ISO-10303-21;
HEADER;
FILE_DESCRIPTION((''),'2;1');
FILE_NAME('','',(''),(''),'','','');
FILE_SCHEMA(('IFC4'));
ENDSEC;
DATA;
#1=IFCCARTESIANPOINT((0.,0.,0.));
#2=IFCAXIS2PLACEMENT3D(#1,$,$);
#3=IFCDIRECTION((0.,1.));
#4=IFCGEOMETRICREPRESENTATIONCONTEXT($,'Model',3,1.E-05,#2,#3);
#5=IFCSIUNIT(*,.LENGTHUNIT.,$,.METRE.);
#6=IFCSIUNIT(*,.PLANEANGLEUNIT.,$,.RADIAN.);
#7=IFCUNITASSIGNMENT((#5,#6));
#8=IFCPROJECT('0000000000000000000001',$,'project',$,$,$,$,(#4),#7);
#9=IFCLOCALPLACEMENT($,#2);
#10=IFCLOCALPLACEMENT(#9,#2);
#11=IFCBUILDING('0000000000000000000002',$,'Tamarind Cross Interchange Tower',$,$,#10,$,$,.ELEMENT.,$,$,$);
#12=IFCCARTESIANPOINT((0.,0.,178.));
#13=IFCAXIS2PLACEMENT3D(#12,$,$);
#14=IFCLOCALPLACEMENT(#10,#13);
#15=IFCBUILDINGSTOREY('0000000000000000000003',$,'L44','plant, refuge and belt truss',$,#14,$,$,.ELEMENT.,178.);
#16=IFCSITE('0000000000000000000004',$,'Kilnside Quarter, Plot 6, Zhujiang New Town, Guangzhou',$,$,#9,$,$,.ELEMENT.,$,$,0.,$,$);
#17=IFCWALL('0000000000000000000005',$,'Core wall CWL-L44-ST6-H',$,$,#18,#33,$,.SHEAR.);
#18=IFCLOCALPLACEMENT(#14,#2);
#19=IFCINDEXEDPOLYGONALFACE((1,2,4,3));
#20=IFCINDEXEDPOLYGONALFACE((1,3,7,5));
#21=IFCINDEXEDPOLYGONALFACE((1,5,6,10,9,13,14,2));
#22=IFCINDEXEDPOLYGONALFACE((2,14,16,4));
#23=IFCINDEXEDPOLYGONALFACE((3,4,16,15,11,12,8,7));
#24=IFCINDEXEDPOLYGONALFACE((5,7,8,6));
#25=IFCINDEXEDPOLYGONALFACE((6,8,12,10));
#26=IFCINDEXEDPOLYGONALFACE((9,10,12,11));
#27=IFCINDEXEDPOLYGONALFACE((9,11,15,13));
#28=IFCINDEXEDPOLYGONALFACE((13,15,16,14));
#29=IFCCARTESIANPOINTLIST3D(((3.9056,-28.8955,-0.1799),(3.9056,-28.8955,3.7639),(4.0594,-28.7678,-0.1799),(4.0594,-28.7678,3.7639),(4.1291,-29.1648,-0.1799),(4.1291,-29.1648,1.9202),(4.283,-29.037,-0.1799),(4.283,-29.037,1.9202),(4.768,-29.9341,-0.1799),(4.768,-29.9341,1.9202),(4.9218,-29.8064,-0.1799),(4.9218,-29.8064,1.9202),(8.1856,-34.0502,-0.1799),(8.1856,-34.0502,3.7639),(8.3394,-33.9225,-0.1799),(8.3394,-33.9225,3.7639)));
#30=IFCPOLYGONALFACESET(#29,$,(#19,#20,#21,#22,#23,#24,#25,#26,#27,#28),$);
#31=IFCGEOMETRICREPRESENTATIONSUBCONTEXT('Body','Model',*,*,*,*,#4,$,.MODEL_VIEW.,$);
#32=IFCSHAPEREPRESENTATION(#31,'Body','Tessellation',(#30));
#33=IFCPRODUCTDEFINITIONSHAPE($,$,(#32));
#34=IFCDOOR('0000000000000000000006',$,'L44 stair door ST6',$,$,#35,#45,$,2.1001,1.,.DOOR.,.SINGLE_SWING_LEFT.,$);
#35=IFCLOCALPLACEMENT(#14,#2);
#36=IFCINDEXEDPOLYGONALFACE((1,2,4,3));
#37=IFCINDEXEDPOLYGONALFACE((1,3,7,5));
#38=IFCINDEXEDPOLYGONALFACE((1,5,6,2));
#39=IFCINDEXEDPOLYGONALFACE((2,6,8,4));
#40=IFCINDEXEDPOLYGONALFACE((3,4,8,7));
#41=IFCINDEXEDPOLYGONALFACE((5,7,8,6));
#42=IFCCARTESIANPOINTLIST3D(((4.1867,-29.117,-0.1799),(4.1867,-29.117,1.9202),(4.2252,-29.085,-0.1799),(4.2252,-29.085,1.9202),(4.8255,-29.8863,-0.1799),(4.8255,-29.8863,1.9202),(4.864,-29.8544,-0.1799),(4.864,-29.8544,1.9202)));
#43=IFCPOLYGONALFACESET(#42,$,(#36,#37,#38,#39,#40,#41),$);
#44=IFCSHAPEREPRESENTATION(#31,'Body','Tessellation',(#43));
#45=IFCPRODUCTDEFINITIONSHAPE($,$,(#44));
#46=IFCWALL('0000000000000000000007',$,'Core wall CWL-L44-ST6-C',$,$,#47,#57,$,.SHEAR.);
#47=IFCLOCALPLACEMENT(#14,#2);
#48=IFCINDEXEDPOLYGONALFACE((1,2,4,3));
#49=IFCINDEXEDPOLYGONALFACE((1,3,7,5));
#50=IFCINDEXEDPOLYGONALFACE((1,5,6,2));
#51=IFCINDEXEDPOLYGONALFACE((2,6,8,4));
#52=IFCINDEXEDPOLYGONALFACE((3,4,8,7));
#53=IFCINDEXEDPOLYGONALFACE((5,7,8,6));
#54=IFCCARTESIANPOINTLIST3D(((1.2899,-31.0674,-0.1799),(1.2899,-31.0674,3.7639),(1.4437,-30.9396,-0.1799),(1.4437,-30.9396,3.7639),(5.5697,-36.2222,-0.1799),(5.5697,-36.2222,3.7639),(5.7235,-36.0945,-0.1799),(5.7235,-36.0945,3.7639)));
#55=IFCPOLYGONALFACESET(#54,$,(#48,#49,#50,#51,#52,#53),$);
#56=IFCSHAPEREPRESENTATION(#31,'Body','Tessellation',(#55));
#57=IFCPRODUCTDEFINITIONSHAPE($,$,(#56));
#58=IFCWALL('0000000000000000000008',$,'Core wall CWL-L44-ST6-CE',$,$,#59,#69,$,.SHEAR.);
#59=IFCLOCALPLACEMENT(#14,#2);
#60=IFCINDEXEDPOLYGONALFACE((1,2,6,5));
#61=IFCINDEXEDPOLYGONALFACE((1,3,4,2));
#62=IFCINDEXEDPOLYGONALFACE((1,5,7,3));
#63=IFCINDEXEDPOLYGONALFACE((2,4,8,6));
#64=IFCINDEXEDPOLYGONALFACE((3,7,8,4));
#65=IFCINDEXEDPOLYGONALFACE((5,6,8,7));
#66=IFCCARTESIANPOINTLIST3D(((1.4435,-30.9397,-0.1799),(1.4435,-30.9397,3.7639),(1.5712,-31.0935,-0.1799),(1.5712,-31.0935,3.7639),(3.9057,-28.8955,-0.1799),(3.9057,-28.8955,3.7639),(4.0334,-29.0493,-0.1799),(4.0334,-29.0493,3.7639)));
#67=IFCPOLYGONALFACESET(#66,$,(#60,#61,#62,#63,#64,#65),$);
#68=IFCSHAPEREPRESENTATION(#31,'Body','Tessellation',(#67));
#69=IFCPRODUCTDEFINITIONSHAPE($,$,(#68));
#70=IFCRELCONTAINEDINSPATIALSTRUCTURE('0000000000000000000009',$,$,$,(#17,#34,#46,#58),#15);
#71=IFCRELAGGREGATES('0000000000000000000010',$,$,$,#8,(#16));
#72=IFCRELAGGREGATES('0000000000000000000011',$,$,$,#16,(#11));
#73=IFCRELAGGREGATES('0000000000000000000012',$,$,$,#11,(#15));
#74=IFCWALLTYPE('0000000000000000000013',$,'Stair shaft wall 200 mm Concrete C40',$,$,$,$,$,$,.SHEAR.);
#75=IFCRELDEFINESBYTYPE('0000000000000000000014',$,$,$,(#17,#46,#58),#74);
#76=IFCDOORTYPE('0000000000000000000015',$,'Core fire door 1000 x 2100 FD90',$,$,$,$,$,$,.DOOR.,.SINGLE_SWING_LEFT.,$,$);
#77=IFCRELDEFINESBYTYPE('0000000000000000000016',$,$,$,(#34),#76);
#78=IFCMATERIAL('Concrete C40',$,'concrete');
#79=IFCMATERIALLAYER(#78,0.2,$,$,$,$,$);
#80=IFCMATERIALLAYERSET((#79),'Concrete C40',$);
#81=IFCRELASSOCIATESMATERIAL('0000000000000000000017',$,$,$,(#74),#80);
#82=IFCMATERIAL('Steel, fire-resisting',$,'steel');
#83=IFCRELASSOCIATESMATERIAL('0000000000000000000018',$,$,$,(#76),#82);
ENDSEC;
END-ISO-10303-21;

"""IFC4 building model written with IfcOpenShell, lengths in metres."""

from ifc_helpers import new_model, si_unit, direction, frame, frame_2d, origin, place, context, subcontext, project, spatial, rectangle, extrude, material, layer, layer_set, type_object, element, fill, save


model = new_model("IFC4")

# Units and contexts
model_context = context("Model", 3, precision=1e-05, world=origin(), true_north=direction((0.0, 1.0)))
body_context = subcontext(model_context, "Body", "Model", "MODEL_VIEW")
ifc_project = project(units=[si_unit("LENGTHUNIT", "METRE"), si_unit("PLANEANGLEUNIT", "RADIAN")], contexts=[model_context])

# Site, building, storey
site_placement = place(None, origin())
site = spatial("IfcSite", under=ifc_project, at=site_placement, Name="Kilnside Quarter, Plot 6, Zhujiang New Town, Guangzhou", CompositionType="ELEMENT", RefElevation=0.0)
building_placement = place(site_placement, origin())
building = spatial("IfcBuilding", under=site, at=building_placement, Name="Tamarind Cross Interchange Tower", CompositionType="ELEMENT")
storey_placement = place(building_placement, frame((0.0, 0.0, 178.0)))
storey = spatial("IfcBuildingStorey", under=building, at=storey_placement, Name="L44", Description="plant, refuge and belt truss", CompositionType="ELEMENT", Elevation=178.0)

# Wall, opening, door
ifc_material_1 = material(Name="Concrete C40", Category="concrete")
ifc_layer_1 = layer(ifc_material_1, 0.2)
ifc_layer_set_1 = layer_set([ifc_layer_1], Name="Concrete C40")
wall_type_1 = type_object("IfcWallType", Name="Stair shaft wall 200 mm Concrete C40", PredefinedType="SHEAR", material=ifc_layer_set_1)
wall_1_placement = place(storey_placement, frame((3.9824, -28.8315, -0.1799), z_axis=(0.0, 0.0, 1.0), x_axis=(0.638807, -0.769367, 0.0)))
wall_1 = element("IfcWall", 1, at=wall_1_placement, inside=storey, type_object=wall_type_1, Name="Core wall CWL-L44-ST6-H", PredefinedType="SHEAR", context=body_context, shape_type="SweptSolid", body=[
    extrude(rectangle(XDim=6.7, YDim=0.2, at=frame_2d((3.3501, 0.0))), origin(), (0.0, 0.0, 1.0), 3.9438),
])
opening_1_placement = place(wall_1_placement, frame((0.3501, 0.0, 0.0)))
opening_1 = element("IfcOpeningElement", 2, at=opening_1_placement, cuts=wall_1, PredefinedType="OPENING", context=body_context, shape_type="SweptSolid", body=[
    extrude(rectangle(XDim=1.0, YDim=2.1001, at=frame_2d((0.5, 1.05))), frame((0.0, 0.1099, 0.0), z_axis=(0.0, -1.0, 0.0), x_axis=(1.0, 0.0, 0.0)), (0.0, 0.0, 1.0), 0.22),
])
ifc_material_2 = material(Name="Steel, fire-resisting", Category="steel")
door_type_1 = type_object("IfcDoorType", Name="Core fire door 1000 x 2100 FD90", OperationType="SINGLE_SWING_LEFT", PredefinedType="DOOR", material=ifc_material_2)
door_1_placement = place(opening_1_placement, origin())
door_1 = element("IfcDoor", 3, at=door_1_placement, inside=storey, type_object=door_type_1, Name="L44 stair door ST6", OperationType="SINGLE_SWING_LEFT", OverallHeight=2.1001, OverallWidth=1.0, PredefinedType="DOOR", context=body_context, shape_type="SweptSolid", body=[
    extrude(rectangle(XDim=1.0, YDim=2.1001, at=frame_2d((0.5, 1.05))), frame((0.0, 0.0249, 0.0), z_axis=(0.0, -1.0, 0.0), x_axis=(1.0, 0.0, 0.0)), (0.0, 0.0, 1.0), 0.05),
])
fill(opening_1, door_1)

# Walls
wall_2_placement = place(storey_placement, frame((1.3667, -31.0034, -0.1799), z_axis=(0.0, 0.0, 1.0), x_axis=(0.638785, -0.769385, 0.0)))
element("IfcWall", 4, at=wall_2_placement, inside=storey, type_object=wall_type_1, Name="Core wall CWL-L44-ST6-C", PredefinedType="SHEAR", context=body_context, shape_type="SweptSolid", body=[
    extrude(rectangle(XDim=6.7, YDim=0.2, at=frame_2d((3.3501, 0.0))), origin(), (0.0, 0.0, 1.0), 3.9438),
])
wall_3_placement = place(storey_placement, frame((1.5073, -31.0166, -0.1799), z_axis=(0.0, 0.0, 1.0), x_axis=(0.769389, 0.63878, 0.0)))
element("IfcWall", 5, at=wall_3_placement, inside=storey, type_object=wall_type_1, Name="Core wall CWL-L44-ST6-CE", PredefinedType="SHEAR", context=body_context, shape_type="SweptSolid", body=[
    extrude(rectangle(XDim=3.2002, YDim=0.2, at=frame_2d((1.6001, 0.0))), origin(), (0.0, 0.0, 1.0), 3.9438),
])

save(model, "model.ifc")
